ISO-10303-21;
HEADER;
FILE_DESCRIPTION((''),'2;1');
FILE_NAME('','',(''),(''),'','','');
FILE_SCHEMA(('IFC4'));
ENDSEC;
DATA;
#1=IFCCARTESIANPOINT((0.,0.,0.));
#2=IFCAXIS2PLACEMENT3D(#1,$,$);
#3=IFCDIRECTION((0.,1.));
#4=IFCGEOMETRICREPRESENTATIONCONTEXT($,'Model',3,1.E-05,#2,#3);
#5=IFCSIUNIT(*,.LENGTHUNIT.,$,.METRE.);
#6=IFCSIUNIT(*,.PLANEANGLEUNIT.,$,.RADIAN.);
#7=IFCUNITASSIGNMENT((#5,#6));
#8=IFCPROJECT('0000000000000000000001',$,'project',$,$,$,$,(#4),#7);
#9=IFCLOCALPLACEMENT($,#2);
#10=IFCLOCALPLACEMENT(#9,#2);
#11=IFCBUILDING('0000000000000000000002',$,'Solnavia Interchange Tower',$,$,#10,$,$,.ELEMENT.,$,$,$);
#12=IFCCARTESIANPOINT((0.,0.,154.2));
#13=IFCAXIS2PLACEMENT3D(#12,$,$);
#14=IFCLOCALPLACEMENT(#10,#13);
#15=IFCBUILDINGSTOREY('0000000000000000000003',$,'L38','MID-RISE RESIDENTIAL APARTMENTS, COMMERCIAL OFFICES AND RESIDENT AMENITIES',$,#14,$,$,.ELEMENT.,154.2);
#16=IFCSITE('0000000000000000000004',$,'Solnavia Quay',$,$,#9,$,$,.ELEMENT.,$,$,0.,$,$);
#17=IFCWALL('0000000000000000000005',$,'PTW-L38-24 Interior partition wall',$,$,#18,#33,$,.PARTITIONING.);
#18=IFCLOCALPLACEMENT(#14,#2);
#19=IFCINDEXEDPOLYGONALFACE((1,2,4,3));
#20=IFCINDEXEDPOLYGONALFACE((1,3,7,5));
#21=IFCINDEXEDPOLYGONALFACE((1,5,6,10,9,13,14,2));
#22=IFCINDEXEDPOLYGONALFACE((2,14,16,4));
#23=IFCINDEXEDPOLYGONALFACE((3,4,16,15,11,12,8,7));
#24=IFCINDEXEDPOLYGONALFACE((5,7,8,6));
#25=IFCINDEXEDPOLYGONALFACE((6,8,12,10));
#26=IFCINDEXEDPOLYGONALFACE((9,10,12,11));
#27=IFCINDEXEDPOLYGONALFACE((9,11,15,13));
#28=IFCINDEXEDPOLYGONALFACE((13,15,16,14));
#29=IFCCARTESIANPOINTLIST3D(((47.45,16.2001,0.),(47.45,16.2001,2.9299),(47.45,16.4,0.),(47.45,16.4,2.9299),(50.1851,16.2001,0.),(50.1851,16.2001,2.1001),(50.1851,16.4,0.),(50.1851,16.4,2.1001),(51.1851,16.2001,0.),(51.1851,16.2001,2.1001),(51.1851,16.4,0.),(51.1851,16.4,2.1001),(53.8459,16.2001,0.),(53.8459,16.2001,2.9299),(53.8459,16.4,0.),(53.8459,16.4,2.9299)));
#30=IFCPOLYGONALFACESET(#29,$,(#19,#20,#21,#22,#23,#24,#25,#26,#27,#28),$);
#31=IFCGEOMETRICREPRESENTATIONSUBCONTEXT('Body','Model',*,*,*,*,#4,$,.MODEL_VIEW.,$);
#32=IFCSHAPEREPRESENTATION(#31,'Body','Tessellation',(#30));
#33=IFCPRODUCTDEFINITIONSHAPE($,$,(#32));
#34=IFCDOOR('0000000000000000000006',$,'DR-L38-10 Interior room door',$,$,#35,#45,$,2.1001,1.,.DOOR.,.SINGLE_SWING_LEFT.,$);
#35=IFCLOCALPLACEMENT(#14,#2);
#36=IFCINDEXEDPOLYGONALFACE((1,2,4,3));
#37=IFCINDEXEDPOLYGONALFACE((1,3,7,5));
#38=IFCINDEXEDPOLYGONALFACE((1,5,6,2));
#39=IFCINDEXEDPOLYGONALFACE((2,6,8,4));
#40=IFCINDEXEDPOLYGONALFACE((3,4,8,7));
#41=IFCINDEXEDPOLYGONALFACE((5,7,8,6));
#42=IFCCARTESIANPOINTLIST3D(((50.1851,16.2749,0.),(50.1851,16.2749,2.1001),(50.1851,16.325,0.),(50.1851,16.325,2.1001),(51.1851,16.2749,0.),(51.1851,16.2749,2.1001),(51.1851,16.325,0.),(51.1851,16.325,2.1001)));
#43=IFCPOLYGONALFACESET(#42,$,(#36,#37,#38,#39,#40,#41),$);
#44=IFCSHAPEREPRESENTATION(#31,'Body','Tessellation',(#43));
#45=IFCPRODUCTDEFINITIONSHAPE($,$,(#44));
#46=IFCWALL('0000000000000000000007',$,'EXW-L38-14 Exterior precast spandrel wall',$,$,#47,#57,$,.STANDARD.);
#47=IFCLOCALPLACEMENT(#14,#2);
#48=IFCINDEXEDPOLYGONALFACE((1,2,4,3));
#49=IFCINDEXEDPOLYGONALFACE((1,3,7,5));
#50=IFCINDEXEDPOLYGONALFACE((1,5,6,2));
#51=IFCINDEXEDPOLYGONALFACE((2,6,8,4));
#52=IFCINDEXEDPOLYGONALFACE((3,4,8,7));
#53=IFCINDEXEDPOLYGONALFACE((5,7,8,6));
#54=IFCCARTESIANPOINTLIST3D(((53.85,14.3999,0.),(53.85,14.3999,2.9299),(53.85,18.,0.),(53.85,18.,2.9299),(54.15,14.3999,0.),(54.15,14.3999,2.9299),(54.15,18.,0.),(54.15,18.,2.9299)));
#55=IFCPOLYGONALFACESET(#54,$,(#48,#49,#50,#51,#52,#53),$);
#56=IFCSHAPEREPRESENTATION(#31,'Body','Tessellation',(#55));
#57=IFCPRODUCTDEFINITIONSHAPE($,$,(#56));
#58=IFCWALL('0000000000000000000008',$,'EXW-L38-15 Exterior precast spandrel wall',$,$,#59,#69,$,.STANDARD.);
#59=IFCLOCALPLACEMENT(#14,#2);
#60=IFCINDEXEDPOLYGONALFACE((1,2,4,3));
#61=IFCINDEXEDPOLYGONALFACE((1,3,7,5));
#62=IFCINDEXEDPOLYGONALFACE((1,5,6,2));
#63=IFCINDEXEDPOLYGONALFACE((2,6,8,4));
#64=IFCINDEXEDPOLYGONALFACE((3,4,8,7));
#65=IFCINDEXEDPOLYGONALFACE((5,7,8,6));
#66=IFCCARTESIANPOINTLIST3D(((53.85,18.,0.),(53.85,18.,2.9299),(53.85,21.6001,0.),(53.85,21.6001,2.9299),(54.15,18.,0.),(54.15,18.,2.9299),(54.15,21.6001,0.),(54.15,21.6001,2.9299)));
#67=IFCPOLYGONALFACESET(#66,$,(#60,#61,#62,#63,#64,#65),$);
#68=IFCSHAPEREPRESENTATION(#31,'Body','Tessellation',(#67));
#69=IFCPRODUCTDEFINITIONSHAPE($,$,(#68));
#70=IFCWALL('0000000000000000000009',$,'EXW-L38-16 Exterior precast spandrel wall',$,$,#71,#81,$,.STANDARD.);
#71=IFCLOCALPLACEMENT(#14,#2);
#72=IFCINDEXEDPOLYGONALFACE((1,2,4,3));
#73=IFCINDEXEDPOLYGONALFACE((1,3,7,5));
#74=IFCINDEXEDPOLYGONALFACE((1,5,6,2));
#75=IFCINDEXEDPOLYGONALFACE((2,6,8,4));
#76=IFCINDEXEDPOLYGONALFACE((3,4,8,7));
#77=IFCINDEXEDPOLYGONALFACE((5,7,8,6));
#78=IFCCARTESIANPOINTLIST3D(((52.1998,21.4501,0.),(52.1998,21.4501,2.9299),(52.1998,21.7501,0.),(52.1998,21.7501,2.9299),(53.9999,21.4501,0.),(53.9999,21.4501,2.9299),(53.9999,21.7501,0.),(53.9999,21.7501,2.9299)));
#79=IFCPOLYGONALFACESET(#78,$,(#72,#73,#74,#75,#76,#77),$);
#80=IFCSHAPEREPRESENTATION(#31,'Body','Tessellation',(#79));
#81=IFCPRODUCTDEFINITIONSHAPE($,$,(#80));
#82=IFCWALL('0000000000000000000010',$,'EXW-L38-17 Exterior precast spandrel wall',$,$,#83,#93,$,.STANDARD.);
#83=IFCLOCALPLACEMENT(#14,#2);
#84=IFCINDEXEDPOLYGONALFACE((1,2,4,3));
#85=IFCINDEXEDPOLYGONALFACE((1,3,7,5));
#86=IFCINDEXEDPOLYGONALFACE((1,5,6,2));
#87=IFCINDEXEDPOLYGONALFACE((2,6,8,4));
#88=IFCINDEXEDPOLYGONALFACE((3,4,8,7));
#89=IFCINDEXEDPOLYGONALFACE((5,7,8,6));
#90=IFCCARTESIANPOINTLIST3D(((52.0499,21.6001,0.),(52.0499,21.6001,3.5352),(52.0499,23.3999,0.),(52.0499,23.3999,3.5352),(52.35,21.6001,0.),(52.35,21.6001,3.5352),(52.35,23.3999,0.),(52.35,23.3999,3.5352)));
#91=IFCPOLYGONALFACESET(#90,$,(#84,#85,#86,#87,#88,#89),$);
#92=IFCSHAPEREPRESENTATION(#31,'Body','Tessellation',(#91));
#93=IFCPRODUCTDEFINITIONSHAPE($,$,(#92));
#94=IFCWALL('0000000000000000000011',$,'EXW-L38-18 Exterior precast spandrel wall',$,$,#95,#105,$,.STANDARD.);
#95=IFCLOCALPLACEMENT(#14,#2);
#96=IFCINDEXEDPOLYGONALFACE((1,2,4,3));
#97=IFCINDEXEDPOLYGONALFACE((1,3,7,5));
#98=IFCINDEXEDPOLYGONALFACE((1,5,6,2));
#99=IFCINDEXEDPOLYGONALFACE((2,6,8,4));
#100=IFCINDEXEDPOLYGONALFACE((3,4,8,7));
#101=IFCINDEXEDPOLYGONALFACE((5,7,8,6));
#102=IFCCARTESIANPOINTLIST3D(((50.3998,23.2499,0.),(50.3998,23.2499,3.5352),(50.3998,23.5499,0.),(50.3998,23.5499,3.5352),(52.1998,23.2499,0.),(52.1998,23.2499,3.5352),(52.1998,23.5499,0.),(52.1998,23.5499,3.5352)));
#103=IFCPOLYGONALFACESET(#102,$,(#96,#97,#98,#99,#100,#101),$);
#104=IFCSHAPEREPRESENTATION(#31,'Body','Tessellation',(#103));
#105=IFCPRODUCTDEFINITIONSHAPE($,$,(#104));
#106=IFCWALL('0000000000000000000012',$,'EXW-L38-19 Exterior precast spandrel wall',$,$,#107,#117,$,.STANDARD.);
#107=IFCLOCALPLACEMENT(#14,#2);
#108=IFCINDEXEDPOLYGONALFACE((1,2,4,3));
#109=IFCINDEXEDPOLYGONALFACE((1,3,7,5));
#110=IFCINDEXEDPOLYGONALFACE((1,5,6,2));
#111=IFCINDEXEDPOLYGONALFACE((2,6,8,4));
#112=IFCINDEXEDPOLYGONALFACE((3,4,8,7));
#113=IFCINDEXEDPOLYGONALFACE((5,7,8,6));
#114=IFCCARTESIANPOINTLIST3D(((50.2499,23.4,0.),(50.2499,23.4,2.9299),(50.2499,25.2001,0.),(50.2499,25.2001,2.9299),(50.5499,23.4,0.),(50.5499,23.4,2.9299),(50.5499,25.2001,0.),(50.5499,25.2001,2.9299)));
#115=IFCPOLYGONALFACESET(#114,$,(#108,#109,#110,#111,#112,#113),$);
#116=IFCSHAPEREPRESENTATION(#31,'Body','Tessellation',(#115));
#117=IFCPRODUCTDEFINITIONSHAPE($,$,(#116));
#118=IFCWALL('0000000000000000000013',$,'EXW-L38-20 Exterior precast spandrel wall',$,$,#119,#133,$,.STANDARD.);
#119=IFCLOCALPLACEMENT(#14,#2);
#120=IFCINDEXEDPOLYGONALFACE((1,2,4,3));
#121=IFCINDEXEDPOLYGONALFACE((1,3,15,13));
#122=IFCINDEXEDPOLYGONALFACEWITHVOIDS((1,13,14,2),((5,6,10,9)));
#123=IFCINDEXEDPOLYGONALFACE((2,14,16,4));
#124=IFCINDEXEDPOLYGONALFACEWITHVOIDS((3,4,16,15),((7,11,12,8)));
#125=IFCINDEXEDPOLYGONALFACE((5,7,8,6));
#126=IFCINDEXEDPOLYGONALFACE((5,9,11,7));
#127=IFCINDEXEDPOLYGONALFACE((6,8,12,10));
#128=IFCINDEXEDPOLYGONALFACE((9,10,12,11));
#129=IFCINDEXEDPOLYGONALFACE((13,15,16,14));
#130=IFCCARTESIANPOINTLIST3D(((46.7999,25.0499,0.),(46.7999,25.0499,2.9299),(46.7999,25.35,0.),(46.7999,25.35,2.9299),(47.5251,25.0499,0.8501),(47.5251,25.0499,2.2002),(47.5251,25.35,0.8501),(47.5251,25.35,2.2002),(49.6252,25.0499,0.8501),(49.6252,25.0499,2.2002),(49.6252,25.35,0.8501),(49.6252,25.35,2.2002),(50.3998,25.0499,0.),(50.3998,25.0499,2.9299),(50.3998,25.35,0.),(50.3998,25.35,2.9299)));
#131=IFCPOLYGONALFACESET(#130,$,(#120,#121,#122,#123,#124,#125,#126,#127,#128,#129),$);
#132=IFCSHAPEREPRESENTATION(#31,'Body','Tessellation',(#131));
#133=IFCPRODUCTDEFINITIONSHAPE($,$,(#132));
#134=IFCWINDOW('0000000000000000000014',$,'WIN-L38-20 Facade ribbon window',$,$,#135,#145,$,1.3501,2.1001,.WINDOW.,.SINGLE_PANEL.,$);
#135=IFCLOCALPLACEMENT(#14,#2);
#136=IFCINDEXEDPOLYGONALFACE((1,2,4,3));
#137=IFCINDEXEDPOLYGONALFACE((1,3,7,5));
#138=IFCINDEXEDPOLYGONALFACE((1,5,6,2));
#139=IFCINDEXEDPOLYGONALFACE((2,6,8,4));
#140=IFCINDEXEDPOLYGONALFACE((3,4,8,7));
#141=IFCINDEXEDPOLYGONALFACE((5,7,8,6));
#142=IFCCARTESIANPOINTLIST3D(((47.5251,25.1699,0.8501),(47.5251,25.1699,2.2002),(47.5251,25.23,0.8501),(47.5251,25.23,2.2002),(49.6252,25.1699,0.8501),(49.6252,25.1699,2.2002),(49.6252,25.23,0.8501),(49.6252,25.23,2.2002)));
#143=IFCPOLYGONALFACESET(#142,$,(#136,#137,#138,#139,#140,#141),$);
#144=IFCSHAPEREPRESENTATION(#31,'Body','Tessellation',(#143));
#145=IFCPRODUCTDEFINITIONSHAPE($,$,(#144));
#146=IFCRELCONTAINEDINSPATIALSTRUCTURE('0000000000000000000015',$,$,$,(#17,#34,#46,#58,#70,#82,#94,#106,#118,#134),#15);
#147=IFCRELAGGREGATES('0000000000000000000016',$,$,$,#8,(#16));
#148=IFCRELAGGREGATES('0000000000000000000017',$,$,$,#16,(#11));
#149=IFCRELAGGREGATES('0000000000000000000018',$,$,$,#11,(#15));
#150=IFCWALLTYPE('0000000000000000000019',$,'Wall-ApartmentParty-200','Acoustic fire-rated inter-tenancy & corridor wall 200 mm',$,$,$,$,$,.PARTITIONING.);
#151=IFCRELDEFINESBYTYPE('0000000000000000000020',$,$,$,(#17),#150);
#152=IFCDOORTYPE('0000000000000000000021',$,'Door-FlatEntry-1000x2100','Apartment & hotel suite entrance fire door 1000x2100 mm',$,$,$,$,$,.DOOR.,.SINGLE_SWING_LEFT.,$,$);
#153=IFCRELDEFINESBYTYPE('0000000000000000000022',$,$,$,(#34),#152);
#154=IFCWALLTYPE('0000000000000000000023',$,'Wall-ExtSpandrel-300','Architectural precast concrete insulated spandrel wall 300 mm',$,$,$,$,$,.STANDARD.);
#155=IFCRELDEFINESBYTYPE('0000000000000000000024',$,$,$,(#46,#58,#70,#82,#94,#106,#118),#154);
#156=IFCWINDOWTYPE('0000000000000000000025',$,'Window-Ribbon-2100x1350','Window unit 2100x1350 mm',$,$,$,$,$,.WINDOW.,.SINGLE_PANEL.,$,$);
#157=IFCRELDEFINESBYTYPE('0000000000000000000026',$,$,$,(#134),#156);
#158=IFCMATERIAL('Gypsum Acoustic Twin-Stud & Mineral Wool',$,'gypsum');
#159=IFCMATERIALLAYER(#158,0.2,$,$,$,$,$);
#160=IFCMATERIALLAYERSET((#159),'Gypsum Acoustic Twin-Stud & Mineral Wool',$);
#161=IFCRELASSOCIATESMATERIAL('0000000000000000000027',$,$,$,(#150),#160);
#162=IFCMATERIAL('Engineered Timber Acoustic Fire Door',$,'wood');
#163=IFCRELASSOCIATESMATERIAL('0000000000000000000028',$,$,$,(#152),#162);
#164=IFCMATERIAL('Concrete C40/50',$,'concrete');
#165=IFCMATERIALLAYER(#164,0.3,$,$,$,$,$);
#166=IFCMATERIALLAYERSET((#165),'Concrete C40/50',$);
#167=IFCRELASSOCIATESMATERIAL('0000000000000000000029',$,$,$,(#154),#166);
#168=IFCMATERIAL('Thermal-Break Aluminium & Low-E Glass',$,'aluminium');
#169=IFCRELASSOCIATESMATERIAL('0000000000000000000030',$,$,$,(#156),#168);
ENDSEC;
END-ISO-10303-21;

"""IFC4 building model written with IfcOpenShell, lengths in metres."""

from ifc_helpers import new_model, si_unit, direction, frame, frame_2d, origin, place, context, subcontext, project, spatial, rectangle, extrude, material, layer, layer_set, type_object, element, fill, save


model = new_model("IFC4")

# Units and contexts
model_context = context("Model", 3, precision=1e-05, world=origin(), true_north=direction((0.0, 1.0)))
body_context = subcontext(model_context, "Body", "Model", "MODEL_VIEW")
ifc_project = project(units=[si_unit("LENGTHUNIT", "METRE"), si_unit("PLANEANGLEUNIT", "RADIAN")], contexts=[model_context])

# Site, building, storey
site_placement = place(None, origin())
site = spatial("IfcSite", under=ifc_project, at=site_placement, Name="Solnavia Quay", CompositionType="ELEMENT", RefElevation=0.0)
building_placement = place(site_placement, origin())
building = spatial("IfcBuilding", under=site, at=building_placement, Name="Solnavia Interchange Tower", CompositionType="ELEMENT")
storey_placement = place(building_placement, frame((0.0, 0.0, 154.2)))
storey = spatial("IfcBuildingStorey", under=building, at=storey_placement, Name="L38", Description="MID-RISE RESIDENTIAL APARTMENTS, COMMERCIAL OFFICES AND RESIDENT AMENITIES", CompositionType="ELEMENT", Elevation=154.2)

# Wall, opening, door
ifc_material_1 = material(Name="Gypsum Acoustic Twin-Stud & Mineral Wool", Category="gypsum")
ifc_layer_1 = layer(ifc_material_1, 0.2)
ifc_layer_set_1 = layer_set([ifc_layer_1], Name="Gypsum Acoustic Twin-Stud & Mineral Wool")
wall_type_1 = type_object("IfcWallType", Name="Wall-ApartmentParty-200", Description="Acoustic fire-rated inter-tenancy & corridor wall 200 mm", PredefinedType="PARTITIONING", material=ifc_layer_set_1)
wall_1_placement = place(storey_placement, frame((47.45, 16.3, 0.0), z_axis=(0.0, 0.0, 1.0), x_axis=(1.0, 0.0, 0.0)))
wall_1 = element("IfcWall", 1, at=wall_1_placement, inside=storey, type_object=wall_type_1, Name="PTW-L38-24 Interior partition wall", PredefinedType="PARTITIONING", context=body_context, shape_type="SweptSolid", body=[
    extrude(rectangle(XDim=6.396, YDim=0.2, at=frame_2d((3.198, 0.0))), origin(), (0.0, 0.0, 1.0), 2.9299),
])
opening_1_placement = place(wall_1_placement, frame((2.7351, 0.0, 0.0)))
opening_1 = element("IfcOpeningElement", 2, at=opening_1_placement, cuts=wall_1, PredefinedType="OPENING", context=body_context, shape_type="SweptSolid", body=[
    extrude(rectangle(XDim=1.0, YDim=2.1001, at=frame_2d((0.5, 1.05))), frame((0.0, 0.1099, 0.0), z_axis=(0.0, -1.0, 0.0), x_axis=(1.0, 0.0, 0.0)), (0.0, 0.0, 1.0), 0.22),
])
ifc_material_2 = material(Name="Engineered Timber Acoustic Fire Door", Category="wood")
door_type = type_object("IfcDoorType", Name="Door-FlatEntry-1000x2100", Description="Apartment & hotel suite entrance fire door 1000x2100 mm", OperationType="SINGLE_SWING_LEFT", PredefinedType="DOOR", material=ifc_material_2)
door_placement = place(opening_1_placement, origin())
door = element("IfcDoor", 3, at=door_placement, inside=storey, type_object=door_type, Name="DR-L38-10 Interior room door", OperationType="SINGLE_SWING_LEFT", OverallHeight=2.1001, OverallWidth=1.0, PredefinedType="DOOR", context=body_context, shape_type="SweptSolid", body=[
    extrude(rectangle(XDim=1.0, YDim=2.1001, at=frame_2d((0.5, 1.05))), frame((0.0, 0.0249, 0.0), z_axis=(0.0, -1.0, 0.0), x_axis=(1.0, 0.0, 0.0)), (0.0, 0.0, 1.0), 0.05),
])
fill(opening_1, door)

# Walls
ifc_material_3 = material(Name="Concrete C40/50", Category="concrete")
ifc_layer_2 = layer(ifc_material_3, 0.3)
ifc_layer_set_2 = layer_set([ifc_layer_2], Name="Concrete C40/50")
wall_type_2 = type_object("IfcWallType", Name="Wall-ExtSpandrel-300", Description="Architectural precast concrete insulated spandrel wall 300 mm", PredefinedType="STANDARD", material=ifc_layer_set_2)
for number, where, z_axis, x_axis, name in (
    (4, (54.0, 18.0, 0.0), (0.0, 0.0, 1.0), (0.0, -1.0, 0.0), "EXW-L38-14 Exterior precast spandrel wall"),
    (5, (54.0, 21.6001, 0.0), (0.0, 0.0, 1.0), (0.0, -1.0, 0.0), "EXW-L38-15 Exterior precast spandrel wall"),
):
    element("IfcWall", number, at=place(storey_placement, frame(where, z_axis=z_axis, x_axis=x_axis)), inside=storey, type_object=wall_type_2, Name=name, PredefinedType="STANDARD", context=body_context, shape_type="SweptSolid", body=[
        extrude(rectangle(XDim=3.6001, YDim=0.3, at=frame_2d((1.8, 0.0))), origin(), (0.0, 0.0, 1.0), 2.9299),
    ])
wall_2_placement = place(storey_placement, frame((52.2, 21.6001, 0.0), z_axis=(0.0, 0.0, 1.0), x_axis=(1.0, 0.0, 0.0)))
element("IfcWall", 6, at=wall_2_placement, inside=storey, type_object=wall_type_2, Name="EXW-L38-16 Exterior precast spandrel wall", PredefinedType="STANDARD", context=body_context, shape_type="SweptSolid", body=[
    extrude(rectangle(XDim=1.8, YDim=0.3, at=frame_2d((0.8999, 0.0))), origin(), (0.0, 0.0, 1.0), 2.9299),
])
wall_3_placement = place(storey_placement, frame((52.2, 23.3999, 0.0), z_axis=(0.0, 0.0, 1.0), x_axis=(0.0, -1.0, 0.0)))
element("IfcWall", 7, at=wall_3_placement, inside=storey, type_object=wall_type_2, Name="EXW-L38-17 Exterior precast spandrel wall", PredefinedType="STANDARD", context=body_context, shape_type="SweptSolid", body=[
    extrude(rectangle(XDim=1.7998, YDim=0.3, at=frame_2d((0.8999, 0.0))), origin(), (0.0, 0.0, 1.0), 3.5352),
])
wall_4_placement = place(storey_placement, frame((50.3999, 23.3999, 0.0), z_axis=(0.0, 0.0, 1.0), x_axis=(1.0, 0.0, 0.0)))
element("IfcWall", 8, at=wall_4_placement, inside=storey, type_object=wall_type_2, Name="EXW-L38-18 Exterior precast spandrel wall", PredefinedType="STANDARD", context=body_context, shape_type="SweptSolid", body=[
    extrude(rectangle(XDim=1.8, YDim=0.3, at=frame_2d((0.8999, 0.0))), origin(), (0.0, 0.0, 1.0), 3.5352),
])
wall_5_placement = place(storey_placement, frame((50.3999, 25.2, 0.0), z_axis=(0.0, 0.0, 1.0), x_axis=(0.0, -1.0, 0.0)))
element("IfcWall", 9, at=wall_5_placement, inside=storey, type_object=wall_type_2, Name="EXW-L38-19 Exterior precast spandrel wall", PredefinedType="STANDARD", context=body_context, shape_type="SweptSolid", body=[
    extrude(rectangle(XDim=1.8, YDim=0.3, at=frame_2d((0.8999, 0.0))), origin(), (0.0, 0.0, 1.0), 2.9299),
])

# Wall, opening, window
wall_6_placement = place(storey_placement, frame((46.8, 25.2, 0.0), z_axis=(0.0, 0.0, 1.0), x_axis=(1.0, 0.0, 0.0)))
wall_6 = element("IfcWall", 10, at=wall_6_placement, inside=storey, type_object=wall_type_2, Name="EXW-L38-20 Exterior precast spandrel wall", PredefinedType="STANDARD", context=body_context, shape_type="SweptSolid", body=[
    extrude(rectangle(XDim=3.5999, YDim=0.3, at=frame_2d((1.7998, 0.0))), origin(), (0.0, 0.0, 1.0), 2.9299),
])
opening_2_placement = place(wall_6_placement, frame((0.7251, 0.0, 0.8501)))
opening_2 = element("IfcOpeningElement", 11, at=opening_2_placement, cuts=wall_6, PredefinedType="OPENING", context=body_context, shape_type="SweptSolid", body=[
    extrude(rectangle(XDim=2.1001, YDim=1.3501, at=frame_2d((1.05, 0.675))), frame((0.0, 0.1602, 0.0), z_axis=(0.0, -1.0, 0.0), x_axis=(1.0, 0.0, 0.0)), (0.0, 0.0, 1.0), 0.3201),
])
ifc_material_4 = material(Name="Thermal-Break Aluminium & Low-E Glass", Category="aluminium")
window_type = type_object("IfcWindowType", Name="Window-Ribbon-2100x1350", Description="Window unit 2100x1350 mm", PartitioningType="SINGLE_PANEL", PredefinedType="WINDOW", material=ifc_material_4)
window_placement = place(opening_2_placement, origin())
window = element("IfcWindow", 12, at=window_placement, inside=storey, type_object=window_type, Name="WIN-L38-20 Facade ribbon window", OverallHeight=1.3501, OverallWidth=2.1001, PartitioningType="SINGLE_PANEL", PredefinedType="WINDOW", context=body_context, shape_type="SweptSolid", body=[
    extrude(rectangle(XDim=2.1001, YDim=1.3501, at=frame_2d((1.05, 0.675))), frame((0.0, 0.03, 0.0), z_axis=(0.0, -1.0, 0.0), x_axis=(1.0, 0.0, 0.0)), (0.0, 0.0, 1.0), 0.0601),
])
fill(opening_2, window)

save(model, "model.ifc")
